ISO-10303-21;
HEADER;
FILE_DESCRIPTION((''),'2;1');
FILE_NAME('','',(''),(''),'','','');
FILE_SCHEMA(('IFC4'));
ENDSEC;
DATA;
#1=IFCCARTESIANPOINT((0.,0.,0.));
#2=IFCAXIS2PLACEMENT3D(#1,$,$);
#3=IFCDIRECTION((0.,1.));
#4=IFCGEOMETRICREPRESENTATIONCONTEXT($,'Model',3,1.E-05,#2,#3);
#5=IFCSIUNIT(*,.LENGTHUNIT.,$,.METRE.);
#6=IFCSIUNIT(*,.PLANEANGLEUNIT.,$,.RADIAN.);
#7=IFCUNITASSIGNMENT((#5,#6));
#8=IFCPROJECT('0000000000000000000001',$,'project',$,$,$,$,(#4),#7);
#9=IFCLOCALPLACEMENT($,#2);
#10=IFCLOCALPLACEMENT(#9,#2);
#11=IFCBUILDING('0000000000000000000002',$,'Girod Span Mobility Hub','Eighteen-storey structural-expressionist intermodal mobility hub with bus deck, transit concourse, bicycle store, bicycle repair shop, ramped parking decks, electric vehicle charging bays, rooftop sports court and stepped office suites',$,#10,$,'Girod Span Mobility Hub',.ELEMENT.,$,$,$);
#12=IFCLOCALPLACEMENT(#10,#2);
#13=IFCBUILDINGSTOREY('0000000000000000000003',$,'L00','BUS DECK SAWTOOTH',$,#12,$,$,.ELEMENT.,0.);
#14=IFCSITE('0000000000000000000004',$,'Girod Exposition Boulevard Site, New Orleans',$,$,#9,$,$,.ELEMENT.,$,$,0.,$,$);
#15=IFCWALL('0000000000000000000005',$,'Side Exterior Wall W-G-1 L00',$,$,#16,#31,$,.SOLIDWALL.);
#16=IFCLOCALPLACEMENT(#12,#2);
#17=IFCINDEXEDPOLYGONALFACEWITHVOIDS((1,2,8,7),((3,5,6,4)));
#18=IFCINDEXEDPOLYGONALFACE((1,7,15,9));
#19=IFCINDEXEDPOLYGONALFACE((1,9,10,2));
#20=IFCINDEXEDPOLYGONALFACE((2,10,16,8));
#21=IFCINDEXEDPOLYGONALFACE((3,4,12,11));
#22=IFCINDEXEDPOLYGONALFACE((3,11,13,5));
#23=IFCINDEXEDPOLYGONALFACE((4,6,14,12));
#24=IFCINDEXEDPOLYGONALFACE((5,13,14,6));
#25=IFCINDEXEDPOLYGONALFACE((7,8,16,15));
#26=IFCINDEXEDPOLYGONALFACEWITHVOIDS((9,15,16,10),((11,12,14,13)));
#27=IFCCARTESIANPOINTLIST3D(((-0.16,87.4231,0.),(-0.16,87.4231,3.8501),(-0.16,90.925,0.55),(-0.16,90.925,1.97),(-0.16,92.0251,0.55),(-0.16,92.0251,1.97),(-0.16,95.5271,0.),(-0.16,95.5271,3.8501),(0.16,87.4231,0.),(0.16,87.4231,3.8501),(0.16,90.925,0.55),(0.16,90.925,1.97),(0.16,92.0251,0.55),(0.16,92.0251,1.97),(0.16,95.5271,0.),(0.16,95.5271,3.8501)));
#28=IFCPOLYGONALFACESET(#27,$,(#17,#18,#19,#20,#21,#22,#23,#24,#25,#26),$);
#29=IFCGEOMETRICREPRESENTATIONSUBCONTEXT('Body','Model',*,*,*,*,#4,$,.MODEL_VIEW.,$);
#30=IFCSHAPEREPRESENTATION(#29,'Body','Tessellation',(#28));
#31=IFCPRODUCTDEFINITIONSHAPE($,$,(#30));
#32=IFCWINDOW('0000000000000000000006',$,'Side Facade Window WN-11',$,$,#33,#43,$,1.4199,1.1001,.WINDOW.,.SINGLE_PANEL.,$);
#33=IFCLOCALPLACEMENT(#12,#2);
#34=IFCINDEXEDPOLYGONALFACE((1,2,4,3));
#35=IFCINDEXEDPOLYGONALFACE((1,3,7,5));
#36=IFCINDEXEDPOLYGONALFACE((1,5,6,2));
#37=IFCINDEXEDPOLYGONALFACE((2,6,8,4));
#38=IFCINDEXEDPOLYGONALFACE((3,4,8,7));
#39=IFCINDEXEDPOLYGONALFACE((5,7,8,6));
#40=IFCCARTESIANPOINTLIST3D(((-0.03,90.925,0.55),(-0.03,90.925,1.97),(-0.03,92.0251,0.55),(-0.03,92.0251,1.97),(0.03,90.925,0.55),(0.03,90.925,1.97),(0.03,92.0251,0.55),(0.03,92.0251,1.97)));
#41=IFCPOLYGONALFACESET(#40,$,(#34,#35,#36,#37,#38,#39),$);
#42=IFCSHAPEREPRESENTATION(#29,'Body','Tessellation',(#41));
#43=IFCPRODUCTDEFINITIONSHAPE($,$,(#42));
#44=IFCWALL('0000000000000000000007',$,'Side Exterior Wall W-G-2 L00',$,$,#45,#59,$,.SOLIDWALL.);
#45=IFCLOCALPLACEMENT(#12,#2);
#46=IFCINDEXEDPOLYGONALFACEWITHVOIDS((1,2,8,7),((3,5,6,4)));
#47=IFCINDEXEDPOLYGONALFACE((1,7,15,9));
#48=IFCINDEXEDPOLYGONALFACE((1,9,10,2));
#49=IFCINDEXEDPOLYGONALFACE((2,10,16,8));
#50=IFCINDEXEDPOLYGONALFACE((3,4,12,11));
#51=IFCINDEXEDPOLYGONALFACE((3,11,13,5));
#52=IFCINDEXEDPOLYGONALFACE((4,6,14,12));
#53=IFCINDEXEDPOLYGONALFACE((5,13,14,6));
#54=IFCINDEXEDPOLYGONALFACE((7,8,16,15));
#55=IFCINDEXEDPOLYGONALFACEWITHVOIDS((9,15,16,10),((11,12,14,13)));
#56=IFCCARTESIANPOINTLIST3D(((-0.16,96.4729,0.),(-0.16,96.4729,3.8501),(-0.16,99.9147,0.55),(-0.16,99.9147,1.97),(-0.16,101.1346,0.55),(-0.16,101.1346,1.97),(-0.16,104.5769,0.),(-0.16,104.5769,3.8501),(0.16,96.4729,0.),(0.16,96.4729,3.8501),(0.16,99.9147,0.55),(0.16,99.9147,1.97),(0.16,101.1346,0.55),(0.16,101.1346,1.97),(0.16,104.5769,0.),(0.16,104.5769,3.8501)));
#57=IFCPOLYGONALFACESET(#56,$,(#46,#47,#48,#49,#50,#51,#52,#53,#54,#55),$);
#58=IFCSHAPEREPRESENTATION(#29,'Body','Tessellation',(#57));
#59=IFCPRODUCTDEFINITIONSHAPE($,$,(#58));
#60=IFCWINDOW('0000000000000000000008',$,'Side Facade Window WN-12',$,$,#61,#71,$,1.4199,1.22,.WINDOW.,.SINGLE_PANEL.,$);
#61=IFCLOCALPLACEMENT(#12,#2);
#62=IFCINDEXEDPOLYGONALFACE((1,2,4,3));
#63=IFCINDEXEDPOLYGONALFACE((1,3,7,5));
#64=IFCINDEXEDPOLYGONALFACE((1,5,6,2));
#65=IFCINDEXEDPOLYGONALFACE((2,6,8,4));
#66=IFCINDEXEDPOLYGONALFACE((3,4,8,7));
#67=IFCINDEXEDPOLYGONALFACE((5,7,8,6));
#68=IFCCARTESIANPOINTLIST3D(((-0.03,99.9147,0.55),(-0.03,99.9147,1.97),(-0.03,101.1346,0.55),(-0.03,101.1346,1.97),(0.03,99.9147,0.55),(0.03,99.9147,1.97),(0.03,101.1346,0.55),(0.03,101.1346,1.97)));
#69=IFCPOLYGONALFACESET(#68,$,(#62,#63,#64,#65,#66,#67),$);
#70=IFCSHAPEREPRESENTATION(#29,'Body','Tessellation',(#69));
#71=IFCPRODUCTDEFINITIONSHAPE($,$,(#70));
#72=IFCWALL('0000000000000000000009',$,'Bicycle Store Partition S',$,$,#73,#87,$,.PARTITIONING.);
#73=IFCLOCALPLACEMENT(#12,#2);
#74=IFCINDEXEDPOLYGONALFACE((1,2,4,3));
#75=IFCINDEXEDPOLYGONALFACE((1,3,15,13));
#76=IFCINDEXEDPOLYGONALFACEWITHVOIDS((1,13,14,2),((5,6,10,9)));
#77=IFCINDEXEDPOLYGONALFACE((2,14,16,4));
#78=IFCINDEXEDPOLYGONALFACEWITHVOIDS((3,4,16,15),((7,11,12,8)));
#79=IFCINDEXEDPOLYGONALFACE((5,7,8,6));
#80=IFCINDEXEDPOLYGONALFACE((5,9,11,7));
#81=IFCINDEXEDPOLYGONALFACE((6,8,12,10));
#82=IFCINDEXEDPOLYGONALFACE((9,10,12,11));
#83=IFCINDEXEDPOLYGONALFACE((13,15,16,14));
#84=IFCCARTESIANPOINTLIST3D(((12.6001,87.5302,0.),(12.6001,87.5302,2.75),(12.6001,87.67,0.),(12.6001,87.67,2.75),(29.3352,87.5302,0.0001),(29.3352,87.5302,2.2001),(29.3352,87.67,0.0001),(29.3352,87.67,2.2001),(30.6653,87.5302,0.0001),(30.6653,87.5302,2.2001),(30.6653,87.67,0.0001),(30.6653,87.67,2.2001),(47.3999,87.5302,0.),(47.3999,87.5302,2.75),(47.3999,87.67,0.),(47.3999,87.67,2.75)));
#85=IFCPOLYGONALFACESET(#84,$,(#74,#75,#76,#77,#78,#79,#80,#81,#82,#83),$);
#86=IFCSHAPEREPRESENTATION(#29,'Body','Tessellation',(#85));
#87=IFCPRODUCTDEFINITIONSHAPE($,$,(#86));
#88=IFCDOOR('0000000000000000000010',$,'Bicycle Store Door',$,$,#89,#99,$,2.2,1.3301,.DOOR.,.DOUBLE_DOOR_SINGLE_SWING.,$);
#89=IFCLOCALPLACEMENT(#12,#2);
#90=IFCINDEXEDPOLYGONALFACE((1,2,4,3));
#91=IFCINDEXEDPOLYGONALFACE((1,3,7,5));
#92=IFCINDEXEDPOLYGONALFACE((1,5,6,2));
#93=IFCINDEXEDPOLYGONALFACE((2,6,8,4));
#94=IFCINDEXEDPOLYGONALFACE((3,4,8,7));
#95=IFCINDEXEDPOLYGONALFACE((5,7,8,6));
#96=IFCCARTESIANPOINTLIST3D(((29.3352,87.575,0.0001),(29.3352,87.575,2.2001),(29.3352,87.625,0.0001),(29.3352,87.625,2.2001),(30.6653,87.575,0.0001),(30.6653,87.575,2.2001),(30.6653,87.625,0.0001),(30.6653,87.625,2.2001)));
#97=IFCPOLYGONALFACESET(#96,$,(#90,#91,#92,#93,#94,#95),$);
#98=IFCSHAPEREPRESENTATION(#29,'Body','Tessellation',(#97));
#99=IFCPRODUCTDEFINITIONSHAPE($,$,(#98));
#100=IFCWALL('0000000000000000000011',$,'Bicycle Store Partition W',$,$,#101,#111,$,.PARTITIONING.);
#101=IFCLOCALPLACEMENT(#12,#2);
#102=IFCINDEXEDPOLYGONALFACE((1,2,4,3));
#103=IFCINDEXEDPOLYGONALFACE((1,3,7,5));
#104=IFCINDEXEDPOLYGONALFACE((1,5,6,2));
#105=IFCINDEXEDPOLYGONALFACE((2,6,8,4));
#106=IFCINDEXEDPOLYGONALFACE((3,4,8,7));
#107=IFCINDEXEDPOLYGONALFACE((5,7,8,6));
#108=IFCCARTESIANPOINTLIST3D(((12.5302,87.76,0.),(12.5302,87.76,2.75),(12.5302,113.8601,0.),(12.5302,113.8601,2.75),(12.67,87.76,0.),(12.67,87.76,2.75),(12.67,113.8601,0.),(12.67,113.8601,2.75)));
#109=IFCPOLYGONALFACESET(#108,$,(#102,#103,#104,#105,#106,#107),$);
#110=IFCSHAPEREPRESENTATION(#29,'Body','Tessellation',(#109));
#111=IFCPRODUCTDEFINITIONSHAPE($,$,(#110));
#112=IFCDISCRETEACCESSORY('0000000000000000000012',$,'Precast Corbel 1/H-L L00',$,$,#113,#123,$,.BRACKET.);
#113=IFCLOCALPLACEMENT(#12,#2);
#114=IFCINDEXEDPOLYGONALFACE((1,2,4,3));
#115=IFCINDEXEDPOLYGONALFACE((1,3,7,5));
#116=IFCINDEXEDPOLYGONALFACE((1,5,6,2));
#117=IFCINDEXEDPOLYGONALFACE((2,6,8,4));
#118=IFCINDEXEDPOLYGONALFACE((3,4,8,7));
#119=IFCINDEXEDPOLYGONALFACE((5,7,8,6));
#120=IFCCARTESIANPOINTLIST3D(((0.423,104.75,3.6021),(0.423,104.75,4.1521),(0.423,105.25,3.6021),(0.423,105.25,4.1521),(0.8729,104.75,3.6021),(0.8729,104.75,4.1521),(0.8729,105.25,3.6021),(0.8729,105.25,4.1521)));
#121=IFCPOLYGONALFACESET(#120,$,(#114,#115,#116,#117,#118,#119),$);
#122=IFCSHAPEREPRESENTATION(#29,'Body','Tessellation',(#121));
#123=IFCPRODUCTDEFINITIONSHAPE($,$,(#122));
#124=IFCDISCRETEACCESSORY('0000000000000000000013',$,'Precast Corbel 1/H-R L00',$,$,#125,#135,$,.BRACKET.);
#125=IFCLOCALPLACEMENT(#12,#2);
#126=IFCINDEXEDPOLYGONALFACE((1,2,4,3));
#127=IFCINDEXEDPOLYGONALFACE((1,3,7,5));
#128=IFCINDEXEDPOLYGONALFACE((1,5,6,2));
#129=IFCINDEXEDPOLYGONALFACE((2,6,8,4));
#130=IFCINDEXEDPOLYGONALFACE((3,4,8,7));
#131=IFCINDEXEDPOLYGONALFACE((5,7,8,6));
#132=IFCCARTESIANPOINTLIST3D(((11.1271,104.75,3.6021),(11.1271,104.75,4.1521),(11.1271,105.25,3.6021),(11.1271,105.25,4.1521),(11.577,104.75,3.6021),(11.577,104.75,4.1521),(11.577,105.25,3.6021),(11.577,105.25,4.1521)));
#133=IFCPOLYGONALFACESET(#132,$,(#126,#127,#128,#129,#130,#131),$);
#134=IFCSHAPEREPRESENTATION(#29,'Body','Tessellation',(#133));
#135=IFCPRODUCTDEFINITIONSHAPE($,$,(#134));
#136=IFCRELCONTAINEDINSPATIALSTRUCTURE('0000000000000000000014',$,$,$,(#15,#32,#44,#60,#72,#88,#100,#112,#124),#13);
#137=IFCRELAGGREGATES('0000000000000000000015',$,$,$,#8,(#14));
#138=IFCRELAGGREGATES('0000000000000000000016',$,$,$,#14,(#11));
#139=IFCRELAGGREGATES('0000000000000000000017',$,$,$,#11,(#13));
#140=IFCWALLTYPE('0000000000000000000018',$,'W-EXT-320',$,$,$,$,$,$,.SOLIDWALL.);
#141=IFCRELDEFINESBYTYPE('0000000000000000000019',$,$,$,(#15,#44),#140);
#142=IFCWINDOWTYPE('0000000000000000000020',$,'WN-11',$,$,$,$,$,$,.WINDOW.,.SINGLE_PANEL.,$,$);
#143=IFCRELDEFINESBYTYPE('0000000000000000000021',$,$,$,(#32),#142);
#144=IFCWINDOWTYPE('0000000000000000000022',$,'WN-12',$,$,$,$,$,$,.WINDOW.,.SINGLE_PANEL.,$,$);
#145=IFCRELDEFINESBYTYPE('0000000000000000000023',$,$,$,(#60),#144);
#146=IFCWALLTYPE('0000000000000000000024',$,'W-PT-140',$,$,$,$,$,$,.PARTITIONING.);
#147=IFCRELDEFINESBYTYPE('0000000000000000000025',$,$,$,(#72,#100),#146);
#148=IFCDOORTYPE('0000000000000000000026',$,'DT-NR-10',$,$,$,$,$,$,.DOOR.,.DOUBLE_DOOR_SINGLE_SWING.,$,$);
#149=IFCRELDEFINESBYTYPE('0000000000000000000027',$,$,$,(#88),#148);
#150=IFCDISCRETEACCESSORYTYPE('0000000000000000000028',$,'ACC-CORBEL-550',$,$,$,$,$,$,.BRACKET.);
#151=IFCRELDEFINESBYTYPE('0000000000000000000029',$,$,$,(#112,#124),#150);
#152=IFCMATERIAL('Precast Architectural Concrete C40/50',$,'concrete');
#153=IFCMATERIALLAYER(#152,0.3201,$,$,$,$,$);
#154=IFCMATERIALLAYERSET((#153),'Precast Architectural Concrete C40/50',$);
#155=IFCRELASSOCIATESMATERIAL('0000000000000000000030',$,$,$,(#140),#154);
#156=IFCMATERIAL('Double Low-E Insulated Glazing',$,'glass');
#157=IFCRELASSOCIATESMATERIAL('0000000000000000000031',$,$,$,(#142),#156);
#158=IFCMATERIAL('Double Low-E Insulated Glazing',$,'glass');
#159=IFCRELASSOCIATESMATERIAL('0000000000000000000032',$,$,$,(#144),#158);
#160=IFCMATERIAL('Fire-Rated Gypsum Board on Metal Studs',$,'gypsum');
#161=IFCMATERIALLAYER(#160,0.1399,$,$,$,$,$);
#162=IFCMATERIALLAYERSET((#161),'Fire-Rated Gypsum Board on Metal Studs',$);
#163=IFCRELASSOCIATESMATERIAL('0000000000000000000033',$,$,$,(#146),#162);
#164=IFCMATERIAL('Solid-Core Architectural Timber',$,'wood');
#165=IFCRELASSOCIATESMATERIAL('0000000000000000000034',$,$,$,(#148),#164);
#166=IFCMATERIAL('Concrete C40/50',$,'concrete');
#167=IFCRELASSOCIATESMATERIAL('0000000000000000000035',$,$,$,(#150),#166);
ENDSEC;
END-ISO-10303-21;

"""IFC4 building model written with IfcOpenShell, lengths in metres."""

from ifc_helpers import new_model, si_unit, direction, frame, frame_2d, origin, origin_2d, place, context, subcontext, project, spatial, rectangle, extrude, material, layer, layer_set, type_object, element, fill, save


model = new_model("IFC4")

# Units and contexts
model_context = context("Model", 3, precision=1e-05, world=origin(), true_north=direction((0.0, 1.0)))
body_context = subcontext(model_context, "Body", "Model", "MODEL_VIEW")
ifc_project = project(units=[si_unit("LENGTHUNIT", "METRE"), si_unit("PLANEANGLEUNIT", "RADIAN")], contexts=[model_context])

# Site, building, storey
site_placement = place(None, origin())
site = spatial("IfcSite", under=ifc_project, at=site_placement, Name="Girod Exposition Boulevard Site, New Orleans", CompositionType="ELEMENT", RefElevation=0.0)
building_placement = place(site_placement, origin())
building = spatial("IfcBuilding", under=site, at=building_placement, Name="Girod Span Mobility Hub", Description="Eighteen-storey structural-expressionist intermodal mobility hub with bus deck, transit concourse, bicycle store, bicycle repair shop, ramped parking decks, electric vehicle charging bays, rooftop sports court and stepped office suites", LongName="Girod Span Mobility Hub", CompositionType="ELEMENT")
storey_placement = place(building_placement, origin())
storey = spatial("IfcBuildingStorey", under=building, at=storey_placement, Name="L00", Description="BUS DECK SAWTOOTH", CompositionType="ELEMENT", Elevation=0.0)

# Walls, openings, windows
ifc_material_1 = material(Name="Precast Architectural Concrete C40/50", Category="concrete")
ifc_layer_1 = layer(ifc_material_1, 0.3201)
ifc_layer_set_1 = layer_set([ifc_layer_1], Name="Precast Architectural Concrete C40/50")
wall_type_1 = type_object("IfcWallType", Name="W-EXT-320", PredefinedType="SOLIDWALL", material=ifc_layer_set_1)
wall_1_placement = place(storey_placement, frame((0.0, 87.4231, 0.0), z_axis=(0.0, 0.0, 1.0), x_axis=(0.0, 1.0, 0.0)))
wall_1 = element("IfcWall", 1, at=wall_1_placement, inside=storey, type_object=wall_type_1, Name="Side Exterior Wall W-G-1 L00", PredefinedType="SOLIDWALL", context=body_context, shape_type="SweptSolid", body=[
    extrude(rectangle(XDim=8.104, YDim=0.3201, at=frame_2d((4.052, 0.0))), origin(), (0.0, 0.0, 1.0), 3.8501),
])
opening_1_placement = place(wall_1_placement, frame((3.502, 0.0, 0.55)))
opening_1 = element("IfcOpeningElement", 2, at=opening_1_placement, cuts=wall_1, PredefinedType="OPENING", context=body_context, shape_type="SweptSolid", body=[
    extrude(rectangle(XDim=1.1001, YDim=1.4199, at=frame_2d((0.55, 0.71))), frame((0.0, 0.175, 0.0), z_axis=(0.0, -1.0, 0.0), x_axis=(1.0, 0.0, 0.0)), (0.0, 0.0, 1.0), 0.3501),
])
ifc_material_2 = material(Name="Double Low-E Insulated Glazing", Category="glass")
window_type_1 = type_object("IfcWindowType", Name="WN-11", PartitioningType="SINGLE_PANEL", PredefinedType="WINDOW", material=ifc_material_2)
window_1_placement = place(opening_1_placement, origin())
window_1 = element("IfcWindow", 3, at=window_1_placement, inside=storey, type_object=window_type_1, Name="Side Facade Window WN-11", OverallHeight=1.4199, OverallWidth=1.1001, PartitioningType="SINGLE_PANEL", PredefinedType="WINDOW", context=body_context, shape_type="SweptSolid", body=[
    extrude(rectangle(XDim=1.1001, YDim=1.4199, at=frame_2d((0.55, 0.71))), frame((0.0, 0.03, 0.0), z_axis=(0.0, -1.0, 0.0), x_axis=(1.0, 0.0, 0.0)), (0.0, 0.0, 1.0), 0.0601),
])
fill(opening_1, window_1)
wall_2_placement = place(storey_placement, frame((0.0, 96.4729, 0.0), z_axis=(0.0, 0.0, 1.0), x_axis=(0.0, 1.0, 0.0)))
wall_2 = element("IfcWall", 4, at=wall_2_placement, inside=storey, type_object=wall_type_1, Name="Side Exterior Wall W-G-2 L00", PredefinedType="SOLIDWALL", context=body_context, shape_type="SweptSolid", body=[
    extrude(rectangle(XDim=8.104, YDim=0.3201, at=frame_2d((4.052, 0.0))), origin(), (0.0, 0.0, 1.0), 3.8501),
])
opening_2_placement = place(wall_2_placement, frame((3.4419, 0.0, 0.55)))
opening_2 = element("IfcOpeningElement", 5, at=opening_2_placement, cuts=wall_2, PredefinedType="OPENING", context=body_context, shape_type="SweptSolid", body=[
    extrude(rectangle(XDim=1.22, YDim=1.4199, at=frame_2d((0.6099, 0.71))), frame((0.0, 0.175, 0.0), z_axis=(0.0, -1.0, 0.0), x_axis=(1.0, 0.0, 0.0)), (0.0, 0.0, 1.0), 0.3501),
])
ifc_material_3 = material(Name="Double Low-E Insulated Glazing", Category="glass")
window_type_2 = type_object("IfcWindowType", Name="WN-12", PartitioningType="SINGLE_PANEL", PredefinedType="WINDOW", material=ifc_material_3)
window_2_placement = place(opening_2_placement, origin())
window_2 = element("IfcWindow", 6, at=window_2_placement, inside=storey, type_object=window_type_2, Name="Side Facade Window WN-12", OverallHeight=1.4199, OverallWidth=1.22, PartitioningType="SINGLE_PANEL", PredefinedType="WINDOW", context=body_context, shape_type="SweptSolid", body=[
    extrude(rectangle(XDim=1.22, YDim=1.4199, at=frame_2d((0.6099, 0.71))), frame((0.0, 0.03, 0.0), z_axis=(0.0, -1.0, 0.0), x_axis=(1.0, 0.0, 0.0)), (0.0, 0.0, 1.0), 0.0601),
])
fill(opening_2, window_2)

# Wall, opening, door
ifc_material_4 = material(Name="Fire-Rated Gypsum Board on Metal Studs", Category="gypsum")
ifc_layer_2 = layer(ifc_material_4, 0.1399)
ifc_layer_set_2 = layer_set([ifc_layer_2], Name="Fire-Rated Gypsum Board on Metal Studs")
wall_type_2 = type_object("IfcWallType", Name="W-PT-140", PredefinedType="PARTITIONING", material=ifc_layer_set_2)
wall_3_placement = place(storey_placement, frame((12.6001, 87.6001, 0.0), z_axis=(0.0, 0.0, 1.0), x_axis=(1.0, 0.0, 0.0)))
wall_3 = element("IfcWall", 7, at=wall_3_placement, inside=storey, type_object=wall_type_2, Name="Bicycle Store Partition S", PredefinedType="PARTITIONING", context=body_context, shape_type="SweptSolid", body=[
    extrude(rectangle(XDim=34.7998, YDim=0.1399, at=frame_2d((17.3999, 0.0))), origin(), (0.0, 0.0, 1.0), 2.75),
])
opening_3_placement = place(wall_3_placement, frame((16.7351, 0.0, 0.0)))
opening_3 = element("IfcOpeningElement", 8, at=opening_3_placement, cuts=wall_3, PredefinedType="OPENING", context=body_context, shape_type="SweptSolid", body=[
    extrude(rectangle(XDim=1.3301, YDim=2.2, at=frame_2d((0.665, 1.1001))), frame((0.0, 0.085, 0.0), z_axis=(0.0, -1.0, 0.0), x_axis=(1.0, 0.0, 0.0)), (0.0, 0.0, 1.0), 0.1699),
])
ifc_material_5 = material(Name="Solid-Core Architectural Timber", Category="wood")
door_type = type_object("IfcDoorType", Name="DT-NR-10", OperationType="DOUBLE_DOOR_SINGLE_SWING", PredefinedType="DOOR", material=ifc_material_5)
door_placement = place(opening_3_placement, origin())
door = element("IfcDoor", 9, at=door_placement, inside=storey, type_object=door_type, Name="Bicycle Store Door", OperationType="DOUBLE_DOOR_SINGLE_SWING", OverallHeight=2.2, OverallWidth=1.3301, PredefinedType="DOOR", context=body_context, shape_type="SweptSolid", body=[
    extrude(rectangle(XDim=1.3301, YDim=2.2, at=frame_2d((0.665, 1.1001))), frame((0.0, 0.0249, 0.0), z_axis=(0.0, -1.0, 0.0), x_axis=(1.0, 0.0, 0.0)), (0.0, 0.0, 1.0), 0.05),
])
fill(opening_3, door)

# Wall
wall_4_placement = place(storey_placement, frame((12.6001, 87.76, 0.0), z_axis=(0.0, 0.0, 1.0), x_axis=(0.0, 1.0, 0.0)))
element("IfcWall", 10, at=wall_4_placement, inside=storey, type_object=wall_type_2, Name="Bicycle Store Partition W", PredefinedType="PARTITIONING", context=body_context, shape_type="SweptSolid", body=[
    extrude(rectangle(XDim=26.1001, YDim=0.1399, at=frame_2d((13.05, 0.0))), origin(), (0.0, 0.0, 1.0), 2.75),
])

# Discrete accessories
ifc_material_6 = material(Name="Concrete C40/50", Category="concrete")
discrete_accessory_type = type_object("IfcDiscreteAccessoryType", Name="ACC-CORBEL-550", PredefinedType="BRACKET", material=ifc_material_6)
for number, where, z_axis, x_axis, name in (
    (11, (0.6479, 105.0, 3.6021), (0.0, 0.0, 1.0), (1.0, 0.0, 0.0), "Precast Corbel 1/H-L L00"),
    (12, (11.3521, 105.0, 3.6021), (0.0, 0.0, 1.0), (1.0, 0.0, 0.0), "Precast Corbel 1/H-R L00"),
):
    element("IfcDiscreteAccessory", number, at=place(storey_placement, frame(where, z_axis=z_axis, x_axis=x_axis)), inside=storey, type_object=discrete_accessory_type, Name=name, PredefinedType="BRACKET", context=body_context, shape_type="SweptSolid", body=[
        extrude(rectangle(XDim=0.45, YDim=0.5, at=origin_2d()), origin(), (0.0, 0.0, 1.0), 0.55),
    ])

save(model, "model.ifc")
